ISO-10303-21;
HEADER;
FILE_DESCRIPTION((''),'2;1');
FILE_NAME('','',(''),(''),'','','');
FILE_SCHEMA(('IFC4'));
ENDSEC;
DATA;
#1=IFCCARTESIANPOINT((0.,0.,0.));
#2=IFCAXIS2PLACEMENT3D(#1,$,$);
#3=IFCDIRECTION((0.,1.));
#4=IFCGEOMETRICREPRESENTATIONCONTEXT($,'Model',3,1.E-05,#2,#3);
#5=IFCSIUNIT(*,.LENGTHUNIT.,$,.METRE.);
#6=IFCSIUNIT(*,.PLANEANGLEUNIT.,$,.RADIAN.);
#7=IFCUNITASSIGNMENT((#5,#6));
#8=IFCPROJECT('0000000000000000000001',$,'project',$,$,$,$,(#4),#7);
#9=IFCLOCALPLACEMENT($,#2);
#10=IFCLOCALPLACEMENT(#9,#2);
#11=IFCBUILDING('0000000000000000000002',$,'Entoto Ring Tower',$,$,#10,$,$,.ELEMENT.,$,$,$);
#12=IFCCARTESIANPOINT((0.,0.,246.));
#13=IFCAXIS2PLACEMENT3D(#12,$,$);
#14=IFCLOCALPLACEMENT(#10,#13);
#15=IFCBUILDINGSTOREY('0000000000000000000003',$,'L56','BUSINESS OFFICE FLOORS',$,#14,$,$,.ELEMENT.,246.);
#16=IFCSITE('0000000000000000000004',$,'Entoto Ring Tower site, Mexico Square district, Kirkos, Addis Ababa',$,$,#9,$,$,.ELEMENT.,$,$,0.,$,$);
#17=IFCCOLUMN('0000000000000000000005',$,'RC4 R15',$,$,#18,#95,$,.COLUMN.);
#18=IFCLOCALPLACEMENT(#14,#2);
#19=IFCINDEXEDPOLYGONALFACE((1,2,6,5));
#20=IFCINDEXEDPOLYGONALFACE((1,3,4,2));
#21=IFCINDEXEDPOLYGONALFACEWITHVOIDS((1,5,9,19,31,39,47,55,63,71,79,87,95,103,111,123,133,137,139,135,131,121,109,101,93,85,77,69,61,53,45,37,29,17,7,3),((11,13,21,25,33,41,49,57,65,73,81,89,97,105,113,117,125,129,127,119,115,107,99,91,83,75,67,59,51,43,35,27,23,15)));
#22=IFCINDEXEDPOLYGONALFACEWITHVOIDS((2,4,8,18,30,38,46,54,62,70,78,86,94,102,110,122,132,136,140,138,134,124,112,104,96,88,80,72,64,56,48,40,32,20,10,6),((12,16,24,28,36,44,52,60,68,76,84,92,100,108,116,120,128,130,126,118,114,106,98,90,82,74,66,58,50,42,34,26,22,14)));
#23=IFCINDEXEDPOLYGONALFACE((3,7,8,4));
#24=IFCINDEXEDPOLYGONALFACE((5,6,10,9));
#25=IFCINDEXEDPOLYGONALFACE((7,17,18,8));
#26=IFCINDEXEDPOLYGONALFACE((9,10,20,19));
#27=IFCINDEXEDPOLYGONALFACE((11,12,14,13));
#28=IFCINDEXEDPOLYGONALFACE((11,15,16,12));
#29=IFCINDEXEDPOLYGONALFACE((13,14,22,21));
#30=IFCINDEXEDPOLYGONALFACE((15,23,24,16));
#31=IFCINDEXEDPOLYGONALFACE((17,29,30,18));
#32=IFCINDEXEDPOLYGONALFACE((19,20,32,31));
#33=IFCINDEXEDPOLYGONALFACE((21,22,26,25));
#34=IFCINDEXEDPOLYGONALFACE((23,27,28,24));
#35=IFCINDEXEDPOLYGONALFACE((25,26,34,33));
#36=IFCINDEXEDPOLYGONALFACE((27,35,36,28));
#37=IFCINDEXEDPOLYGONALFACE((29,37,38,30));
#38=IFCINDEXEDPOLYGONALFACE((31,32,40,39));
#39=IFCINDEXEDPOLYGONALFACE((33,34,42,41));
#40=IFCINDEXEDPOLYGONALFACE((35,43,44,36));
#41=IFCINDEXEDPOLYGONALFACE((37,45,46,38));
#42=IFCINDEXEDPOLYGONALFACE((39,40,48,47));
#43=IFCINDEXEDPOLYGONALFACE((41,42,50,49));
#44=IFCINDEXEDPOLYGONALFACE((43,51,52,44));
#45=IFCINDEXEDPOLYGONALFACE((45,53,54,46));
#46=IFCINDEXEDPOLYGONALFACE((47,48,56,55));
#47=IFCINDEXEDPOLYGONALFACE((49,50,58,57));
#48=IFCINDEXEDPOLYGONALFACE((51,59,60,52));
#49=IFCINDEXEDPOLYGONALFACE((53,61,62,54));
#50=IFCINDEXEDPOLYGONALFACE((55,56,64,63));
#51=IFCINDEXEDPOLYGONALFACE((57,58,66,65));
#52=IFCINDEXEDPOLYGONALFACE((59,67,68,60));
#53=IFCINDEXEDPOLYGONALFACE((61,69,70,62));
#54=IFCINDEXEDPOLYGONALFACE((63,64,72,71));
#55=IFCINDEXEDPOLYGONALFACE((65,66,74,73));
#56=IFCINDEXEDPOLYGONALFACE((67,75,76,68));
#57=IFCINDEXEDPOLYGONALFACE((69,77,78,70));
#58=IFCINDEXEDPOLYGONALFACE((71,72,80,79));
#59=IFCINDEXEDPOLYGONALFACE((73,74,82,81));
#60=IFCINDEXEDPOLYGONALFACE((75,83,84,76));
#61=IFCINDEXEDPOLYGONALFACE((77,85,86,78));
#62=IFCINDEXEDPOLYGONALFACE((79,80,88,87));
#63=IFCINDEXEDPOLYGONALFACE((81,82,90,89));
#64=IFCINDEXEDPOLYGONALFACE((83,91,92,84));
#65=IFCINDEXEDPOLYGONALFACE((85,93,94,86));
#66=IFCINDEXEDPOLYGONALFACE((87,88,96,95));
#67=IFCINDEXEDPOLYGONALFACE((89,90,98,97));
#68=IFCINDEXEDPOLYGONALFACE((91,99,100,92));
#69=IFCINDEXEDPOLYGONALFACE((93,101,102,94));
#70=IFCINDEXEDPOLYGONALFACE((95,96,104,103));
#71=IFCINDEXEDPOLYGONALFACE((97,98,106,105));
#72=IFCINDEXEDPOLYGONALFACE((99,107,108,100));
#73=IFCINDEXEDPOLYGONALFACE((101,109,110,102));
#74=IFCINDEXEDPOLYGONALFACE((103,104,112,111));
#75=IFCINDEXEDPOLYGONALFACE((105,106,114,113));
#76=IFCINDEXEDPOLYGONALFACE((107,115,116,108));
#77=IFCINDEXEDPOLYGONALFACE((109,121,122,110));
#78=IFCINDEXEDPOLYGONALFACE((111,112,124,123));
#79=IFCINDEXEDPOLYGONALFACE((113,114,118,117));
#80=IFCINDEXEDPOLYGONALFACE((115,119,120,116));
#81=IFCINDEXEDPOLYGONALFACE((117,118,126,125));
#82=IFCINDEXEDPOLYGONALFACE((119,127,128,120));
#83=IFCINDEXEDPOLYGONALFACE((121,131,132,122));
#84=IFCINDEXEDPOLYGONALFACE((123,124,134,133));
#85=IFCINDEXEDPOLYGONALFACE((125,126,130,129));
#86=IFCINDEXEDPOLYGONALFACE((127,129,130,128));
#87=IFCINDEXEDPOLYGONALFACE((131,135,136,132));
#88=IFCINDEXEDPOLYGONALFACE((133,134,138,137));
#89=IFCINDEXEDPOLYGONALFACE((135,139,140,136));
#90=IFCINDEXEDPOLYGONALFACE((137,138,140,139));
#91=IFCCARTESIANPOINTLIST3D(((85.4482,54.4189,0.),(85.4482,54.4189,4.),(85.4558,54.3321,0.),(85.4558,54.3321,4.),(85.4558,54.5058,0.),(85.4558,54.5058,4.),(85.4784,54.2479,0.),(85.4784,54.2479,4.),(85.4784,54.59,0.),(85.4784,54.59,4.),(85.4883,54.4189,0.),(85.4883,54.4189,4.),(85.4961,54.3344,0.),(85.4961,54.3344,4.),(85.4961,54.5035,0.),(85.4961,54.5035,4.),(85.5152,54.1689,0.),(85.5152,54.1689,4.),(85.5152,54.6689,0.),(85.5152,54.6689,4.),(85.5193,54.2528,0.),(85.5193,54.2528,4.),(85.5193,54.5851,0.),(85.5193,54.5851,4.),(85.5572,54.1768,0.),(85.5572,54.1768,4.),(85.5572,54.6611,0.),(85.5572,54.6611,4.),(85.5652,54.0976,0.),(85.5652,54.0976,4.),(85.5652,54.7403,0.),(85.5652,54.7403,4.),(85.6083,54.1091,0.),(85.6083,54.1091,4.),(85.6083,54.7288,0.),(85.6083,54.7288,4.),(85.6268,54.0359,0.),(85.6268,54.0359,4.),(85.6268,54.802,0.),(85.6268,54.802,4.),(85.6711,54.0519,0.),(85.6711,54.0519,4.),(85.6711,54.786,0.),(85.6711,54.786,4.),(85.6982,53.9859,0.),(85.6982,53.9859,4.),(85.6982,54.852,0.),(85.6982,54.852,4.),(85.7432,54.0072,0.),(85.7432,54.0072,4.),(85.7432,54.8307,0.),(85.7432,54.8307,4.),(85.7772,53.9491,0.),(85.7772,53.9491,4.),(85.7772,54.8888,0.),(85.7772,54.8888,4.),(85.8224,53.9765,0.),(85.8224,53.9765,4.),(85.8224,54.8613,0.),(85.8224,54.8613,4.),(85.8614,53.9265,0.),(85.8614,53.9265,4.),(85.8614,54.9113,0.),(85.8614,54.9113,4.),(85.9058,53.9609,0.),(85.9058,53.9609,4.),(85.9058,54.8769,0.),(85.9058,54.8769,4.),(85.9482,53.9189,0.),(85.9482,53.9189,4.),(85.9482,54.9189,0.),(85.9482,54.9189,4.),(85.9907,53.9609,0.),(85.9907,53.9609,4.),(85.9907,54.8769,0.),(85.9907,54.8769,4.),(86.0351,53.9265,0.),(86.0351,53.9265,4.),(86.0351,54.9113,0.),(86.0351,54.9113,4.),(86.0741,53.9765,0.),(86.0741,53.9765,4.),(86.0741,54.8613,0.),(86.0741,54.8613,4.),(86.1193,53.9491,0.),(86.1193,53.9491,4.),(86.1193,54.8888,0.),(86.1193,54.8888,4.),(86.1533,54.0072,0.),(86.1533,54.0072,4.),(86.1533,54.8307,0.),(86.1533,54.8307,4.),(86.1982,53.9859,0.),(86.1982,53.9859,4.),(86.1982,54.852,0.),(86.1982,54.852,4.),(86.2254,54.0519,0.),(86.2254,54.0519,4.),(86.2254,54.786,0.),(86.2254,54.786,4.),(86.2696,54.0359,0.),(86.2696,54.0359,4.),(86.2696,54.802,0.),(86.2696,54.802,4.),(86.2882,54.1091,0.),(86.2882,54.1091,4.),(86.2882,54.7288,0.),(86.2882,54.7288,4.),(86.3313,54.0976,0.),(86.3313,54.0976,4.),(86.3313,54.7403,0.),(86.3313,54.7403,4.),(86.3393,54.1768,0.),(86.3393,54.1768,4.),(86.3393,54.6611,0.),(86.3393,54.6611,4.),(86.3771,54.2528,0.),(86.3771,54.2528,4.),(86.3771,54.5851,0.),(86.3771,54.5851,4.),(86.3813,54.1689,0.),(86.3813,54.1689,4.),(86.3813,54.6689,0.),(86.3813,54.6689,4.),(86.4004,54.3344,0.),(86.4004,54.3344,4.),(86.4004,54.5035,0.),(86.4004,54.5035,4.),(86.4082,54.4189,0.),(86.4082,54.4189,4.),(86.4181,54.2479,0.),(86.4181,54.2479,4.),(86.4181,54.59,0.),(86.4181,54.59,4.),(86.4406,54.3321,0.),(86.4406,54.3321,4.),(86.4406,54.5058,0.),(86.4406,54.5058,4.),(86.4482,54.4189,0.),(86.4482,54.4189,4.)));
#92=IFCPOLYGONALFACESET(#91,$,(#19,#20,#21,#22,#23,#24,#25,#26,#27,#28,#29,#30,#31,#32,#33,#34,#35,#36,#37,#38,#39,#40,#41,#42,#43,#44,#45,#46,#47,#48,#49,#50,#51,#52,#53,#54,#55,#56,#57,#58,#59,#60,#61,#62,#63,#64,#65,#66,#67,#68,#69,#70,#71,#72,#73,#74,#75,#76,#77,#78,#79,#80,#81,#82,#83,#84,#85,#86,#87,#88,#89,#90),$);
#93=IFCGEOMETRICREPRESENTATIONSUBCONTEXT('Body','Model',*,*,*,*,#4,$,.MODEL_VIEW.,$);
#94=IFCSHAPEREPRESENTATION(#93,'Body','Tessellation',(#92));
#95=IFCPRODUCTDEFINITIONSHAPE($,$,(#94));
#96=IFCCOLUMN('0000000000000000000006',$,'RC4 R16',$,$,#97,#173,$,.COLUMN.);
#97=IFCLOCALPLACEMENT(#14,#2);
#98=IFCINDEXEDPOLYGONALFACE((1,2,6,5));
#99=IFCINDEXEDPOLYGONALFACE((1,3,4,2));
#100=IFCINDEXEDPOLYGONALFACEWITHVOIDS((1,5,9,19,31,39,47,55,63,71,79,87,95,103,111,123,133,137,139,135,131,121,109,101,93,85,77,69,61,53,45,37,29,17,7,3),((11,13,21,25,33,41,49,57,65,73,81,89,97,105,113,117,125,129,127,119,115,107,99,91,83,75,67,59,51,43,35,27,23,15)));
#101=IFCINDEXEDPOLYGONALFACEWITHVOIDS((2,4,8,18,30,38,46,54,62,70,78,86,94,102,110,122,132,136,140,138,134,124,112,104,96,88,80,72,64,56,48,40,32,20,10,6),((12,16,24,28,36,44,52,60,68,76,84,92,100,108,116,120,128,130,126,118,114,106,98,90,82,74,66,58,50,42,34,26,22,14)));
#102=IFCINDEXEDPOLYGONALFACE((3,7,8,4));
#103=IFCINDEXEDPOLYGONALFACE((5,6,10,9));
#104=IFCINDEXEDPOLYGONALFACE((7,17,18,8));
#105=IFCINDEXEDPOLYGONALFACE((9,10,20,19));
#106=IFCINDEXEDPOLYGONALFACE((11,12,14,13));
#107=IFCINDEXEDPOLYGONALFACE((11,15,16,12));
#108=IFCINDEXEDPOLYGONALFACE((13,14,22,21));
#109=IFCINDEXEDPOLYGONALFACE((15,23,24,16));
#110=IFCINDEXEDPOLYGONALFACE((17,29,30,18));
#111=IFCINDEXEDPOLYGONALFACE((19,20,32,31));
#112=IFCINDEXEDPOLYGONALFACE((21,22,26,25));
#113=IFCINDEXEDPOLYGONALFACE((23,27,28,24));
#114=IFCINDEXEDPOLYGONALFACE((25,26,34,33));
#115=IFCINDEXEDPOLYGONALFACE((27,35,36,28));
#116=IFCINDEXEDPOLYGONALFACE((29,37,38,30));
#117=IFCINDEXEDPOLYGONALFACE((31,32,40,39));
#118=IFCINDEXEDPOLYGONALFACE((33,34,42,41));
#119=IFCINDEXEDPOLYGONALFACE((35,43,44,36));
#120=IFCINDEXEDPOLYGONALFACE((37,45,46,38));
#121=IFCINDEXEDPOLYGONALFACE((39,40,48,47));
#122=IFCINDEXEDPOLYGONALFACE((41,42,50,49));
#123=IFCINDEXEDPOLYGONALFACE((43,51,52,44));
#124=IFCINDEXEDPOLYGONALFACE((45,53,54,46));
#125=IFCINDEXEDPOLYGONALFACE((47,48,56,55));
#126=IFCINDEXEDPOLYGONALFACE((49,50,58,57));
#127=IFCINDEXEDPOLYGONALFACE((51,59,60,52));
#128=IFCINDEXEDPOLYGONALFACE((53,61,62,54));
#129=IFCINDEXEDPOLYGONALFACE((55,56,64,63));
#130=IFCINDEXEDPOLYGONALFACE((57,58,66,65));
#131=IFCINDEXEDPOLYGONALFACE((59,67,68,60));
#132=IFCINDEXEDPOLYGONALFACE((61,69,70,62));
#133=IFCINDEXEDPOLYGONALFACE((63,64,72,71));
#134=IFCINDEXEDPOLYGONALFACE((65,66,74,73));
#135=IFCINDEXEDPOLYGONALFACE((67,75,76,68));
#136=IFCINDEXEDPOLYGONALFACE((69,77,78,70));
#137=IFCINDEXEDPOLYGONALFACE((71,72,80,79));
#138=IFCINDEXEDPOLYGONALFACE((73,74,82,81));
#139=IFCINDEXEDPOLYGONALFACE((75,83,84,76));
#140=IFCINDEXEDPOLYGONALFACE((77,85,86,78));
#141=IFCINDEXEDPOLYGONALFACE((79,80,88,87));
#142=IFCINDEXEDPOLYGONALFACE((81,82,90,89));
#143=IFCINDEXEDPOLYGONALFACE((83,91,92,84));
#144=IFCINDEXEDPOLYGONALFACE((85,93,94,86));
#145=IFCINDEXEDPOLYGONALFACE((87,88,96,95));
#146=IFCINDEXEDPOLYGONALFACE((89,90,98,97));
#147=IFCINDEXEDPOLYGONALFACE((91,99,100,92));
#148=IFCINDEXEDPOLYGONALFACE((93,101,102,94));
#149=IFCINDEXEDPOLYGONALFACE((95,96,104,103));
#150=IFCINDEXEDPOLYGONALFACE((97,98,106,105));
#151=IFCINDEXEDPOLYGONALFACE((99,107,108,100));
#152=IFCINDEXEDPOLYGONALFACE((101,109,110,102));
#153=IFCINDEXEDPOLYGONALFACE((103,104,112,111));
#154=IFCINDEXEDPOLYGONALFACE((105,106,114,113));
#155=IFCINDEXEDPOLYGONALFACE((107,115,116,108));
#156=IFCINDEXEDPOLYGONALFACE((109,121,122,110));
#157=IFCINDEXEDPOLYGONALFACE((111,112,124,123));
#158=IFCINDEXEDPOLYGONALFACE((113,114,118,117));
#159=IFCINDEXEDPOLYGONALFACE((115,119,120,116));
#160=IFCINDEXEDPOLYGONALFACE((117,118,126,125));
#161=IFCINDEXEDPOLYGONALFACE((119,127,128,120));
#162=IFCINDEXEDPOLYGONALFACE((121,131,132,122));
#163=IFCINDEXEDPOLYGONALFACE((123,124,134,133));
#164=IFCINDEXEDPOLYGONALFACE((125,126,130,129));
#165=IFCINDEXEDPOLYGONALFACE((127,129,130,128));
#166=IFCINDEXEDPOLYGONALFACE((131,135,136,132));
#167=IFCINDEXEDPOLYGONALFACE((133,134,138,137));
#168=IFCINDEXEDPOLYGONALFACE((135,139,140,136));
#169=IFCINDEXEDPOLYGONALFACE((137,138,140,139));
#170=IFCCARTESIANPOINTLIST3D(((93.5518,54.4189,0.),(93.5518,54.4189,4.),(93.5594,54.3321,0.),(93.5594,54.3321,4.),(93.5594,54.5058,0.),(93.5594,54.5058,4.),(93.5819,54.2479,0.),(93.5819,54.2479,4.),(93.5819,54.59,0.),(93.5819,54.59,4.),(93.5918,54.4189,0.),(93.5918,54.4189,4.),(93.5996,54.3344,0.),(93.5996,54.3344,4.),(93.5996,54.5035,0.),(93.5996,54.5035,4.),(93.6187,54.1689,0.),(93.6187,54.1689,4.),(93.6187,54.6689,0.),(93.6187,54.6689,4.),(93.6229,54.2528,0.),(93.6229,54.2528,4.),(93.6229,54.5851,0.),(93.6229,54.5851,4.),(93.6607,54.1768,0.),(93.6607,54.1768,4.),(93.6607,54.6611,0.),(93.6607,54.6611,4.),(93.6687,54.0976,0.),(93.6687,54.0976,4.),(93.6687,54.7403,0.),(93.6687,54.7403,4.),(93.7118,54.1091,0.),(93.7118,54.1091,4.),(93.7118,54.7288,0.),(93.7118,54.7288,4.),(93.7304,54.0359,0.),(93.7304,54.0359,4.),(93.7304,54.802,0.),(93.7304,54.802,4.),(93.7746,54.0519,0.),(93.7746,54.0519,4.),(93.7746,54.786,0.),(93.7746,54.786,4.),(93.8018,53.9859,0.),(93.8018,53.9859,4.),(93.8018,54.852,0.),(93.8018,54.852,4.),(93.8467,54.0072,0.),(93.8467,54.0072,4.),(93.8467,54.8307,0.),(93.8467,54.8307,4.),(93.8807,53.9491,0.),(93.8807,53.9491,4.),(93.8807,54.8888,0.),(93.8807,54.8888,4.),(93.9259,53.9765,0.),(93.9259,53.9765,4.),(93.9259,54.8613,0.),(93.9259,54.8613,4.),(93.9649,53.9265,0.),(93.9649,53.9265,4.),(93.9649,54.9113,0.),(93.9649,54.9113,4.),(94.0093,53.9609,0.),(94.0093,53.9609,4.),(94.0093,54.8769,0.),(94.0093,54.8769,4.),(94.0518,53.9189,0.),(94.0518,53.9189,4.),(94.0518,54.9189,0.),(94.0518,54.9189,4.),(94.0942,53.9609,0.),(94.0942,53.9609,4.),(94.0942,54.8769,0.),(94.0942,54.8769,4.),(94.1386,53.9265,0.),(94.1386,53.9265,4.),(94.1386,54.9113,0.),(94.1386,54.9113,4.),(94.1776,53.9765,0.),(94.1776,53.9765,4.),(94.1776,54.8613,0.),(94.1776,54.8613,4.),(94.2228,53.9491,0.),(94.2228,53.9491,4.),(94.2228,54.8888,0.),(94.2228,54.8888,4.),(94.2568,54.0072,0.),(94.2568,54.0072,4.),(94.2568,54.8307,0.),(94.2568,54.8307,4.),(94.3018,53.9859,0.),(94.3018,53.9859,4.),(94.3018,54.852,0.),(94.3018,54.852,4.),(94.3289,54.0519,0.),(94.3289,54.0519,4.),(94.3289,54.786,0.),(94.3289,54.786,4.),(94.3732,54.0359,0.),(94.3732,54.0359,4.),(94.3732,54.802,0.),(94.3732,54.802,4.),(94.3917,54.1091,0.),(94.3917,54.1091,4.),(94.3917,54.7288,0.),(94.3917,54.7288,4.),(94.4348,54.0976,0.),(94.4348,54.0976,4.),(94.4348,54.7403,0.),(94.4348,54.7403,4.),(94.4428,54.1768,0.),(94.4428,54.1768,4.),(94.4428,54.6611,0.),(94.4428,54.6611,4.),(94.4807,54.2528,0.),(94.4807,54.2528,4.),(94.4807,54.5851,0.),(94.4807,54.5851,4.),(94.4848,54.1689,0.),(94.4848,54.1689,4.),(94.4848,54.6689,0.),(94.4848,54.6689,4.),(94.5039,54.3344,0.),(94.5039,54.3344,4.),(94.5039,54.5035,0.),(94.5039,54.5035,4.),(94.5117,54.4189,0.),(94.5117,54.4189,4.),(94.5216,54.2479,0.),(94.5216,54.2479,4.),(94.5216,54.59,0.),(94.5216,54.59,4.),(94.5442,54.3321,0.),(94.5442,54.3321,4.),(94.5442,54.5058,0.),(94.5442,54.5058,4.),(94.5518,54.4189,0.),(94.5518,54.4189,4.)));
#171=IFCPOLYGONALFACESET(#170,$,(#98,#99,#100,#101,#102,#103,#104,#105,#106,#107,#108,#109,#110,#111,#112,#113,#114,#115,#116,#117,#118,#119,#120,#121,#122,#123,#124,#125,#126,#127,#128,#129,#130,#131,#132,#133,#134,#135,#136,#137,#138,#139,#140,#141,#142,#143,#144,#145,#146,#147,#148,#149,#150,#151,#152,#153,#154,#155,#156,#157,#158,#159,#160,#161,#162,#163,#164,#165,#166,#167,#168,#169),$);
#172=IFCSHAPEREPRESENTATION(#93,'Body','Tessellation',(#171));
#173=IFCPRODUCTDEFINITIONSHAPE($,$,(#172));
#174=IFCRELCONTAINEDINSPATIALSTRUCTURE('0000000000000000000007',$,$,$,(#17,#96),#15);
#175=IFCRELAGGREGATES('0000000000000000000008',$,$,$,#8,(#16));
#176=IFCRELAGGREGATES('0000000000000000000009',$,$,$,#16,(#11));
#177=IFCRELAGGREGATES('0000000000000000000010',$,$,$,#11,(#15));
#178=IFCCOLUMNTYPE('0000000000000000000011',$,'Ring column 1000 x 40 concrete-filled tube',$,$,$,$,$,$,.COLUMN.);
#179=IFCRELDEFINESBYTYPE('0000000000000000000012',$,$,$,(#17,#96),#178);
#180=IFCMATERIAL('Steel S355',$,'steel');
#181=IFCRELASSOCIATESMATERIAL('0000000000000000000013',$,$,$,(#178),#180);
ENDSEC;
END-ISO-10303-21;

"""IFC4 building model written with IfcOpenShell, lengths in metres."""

from ifc_helpers import new_model, si_unit, direction, frame, origin, origin_2d, place, context, subcontext, project, spatial, circle, hollow_circle, extrude, material, material_profile, profile_set, type_object, element, save


model = new_model("IFC4")

# Units and contexts
model_context = context("Model", 3, precision=1e-05, world=origin(), true_north=direction((0.0, 1.0)))
body_context = subcontext(model_context, "Body", "Model", "MODEL_VIEW")
ifc_project = project(units=[si_unit("LENGTHUNIT", "METRE"), si_unit("PLANEANGLEUNIT", "RADIAN")], contexts=[model_context])

# Site, building, storey
site_placement = place(None, origin())
site = spatial("IfcSite", under=ifc_project, at=site_placement, Name="Entoto Ring Tower site, Mexico Square district, Kirkos, Addis Ababa", CompositionType="ELEMENT", RefElevation=0.0)
building_placement = place(site_placement, origin())
building = spatial("IfcBuilding", under=site, at=building_placement, Name="Entoto Ring Tower", CompositionType="ELEMENT")
storey_placement = place(building_placement, frame((0.0, 0.0, 246.0)))
storey = spatial("IfcBuildingStorey", under=building, at=storey_placement, Name="L56", Description="BUSINESS OFFICE FLOORS", CompositionType="ELEMENT", Elevation=246.0)

# Columns
ifc_material_1 = material(Name="Steel S355", Category="steel")
ifc_material_profile_1 = material_profile(ifc_material_1, hollow_circle(Radius=0.5, WallThickness=0.04, at=origin_2d()), Name="CHS 1000 x 40")
ifc_material_2 = material(Name="Concrete C60/75", Category="concrete")
ifc_material_profile_2 = material_profile(ifc_material_2, circle(Radius=0.46, at=origin_2d()), Name="Concrete C60/75 infill")
ifc_profile_set_1 = profile_set([ifc_material_profile_1, ifc_material_profile_2], Name="Steel S355")
column_type = type_object("IfcColumnType", Name="Ring column 1000 x 40 concrete-filled tube", PredefinedType="COLUMN", material=ifc_profile_set_1)
for number, where, z_axis, x_axis, name in (
    (1, (85.9482, 54.4189, 0.0), (0.0, 0.0, 1.0), (1.0, 0.0, 0.0), "RC4 R15"),
    (2, (94.0518, 54.4189, 0.0), (0.0, 0.0, 1.0), (1.0, 0.0, 0.0), "RC4 R16"),
):
    element("IfcColumn", number, at=place(storey_placement, frame(where, z_axis=z_axis, x_axis=x_axis)), inside=storey, type_object=column_type, Name=name, PredefinedType="COLUMN", context=body_context, shape_type="SweptSolid", body=[
        extrude(hollow_circle(Radius=0.5, WallThickness=0.04, at=origin_2d()), origin(), (0.0, 0.0, 1.0), 4.0),
    ])

save(model, "model.ifc")
